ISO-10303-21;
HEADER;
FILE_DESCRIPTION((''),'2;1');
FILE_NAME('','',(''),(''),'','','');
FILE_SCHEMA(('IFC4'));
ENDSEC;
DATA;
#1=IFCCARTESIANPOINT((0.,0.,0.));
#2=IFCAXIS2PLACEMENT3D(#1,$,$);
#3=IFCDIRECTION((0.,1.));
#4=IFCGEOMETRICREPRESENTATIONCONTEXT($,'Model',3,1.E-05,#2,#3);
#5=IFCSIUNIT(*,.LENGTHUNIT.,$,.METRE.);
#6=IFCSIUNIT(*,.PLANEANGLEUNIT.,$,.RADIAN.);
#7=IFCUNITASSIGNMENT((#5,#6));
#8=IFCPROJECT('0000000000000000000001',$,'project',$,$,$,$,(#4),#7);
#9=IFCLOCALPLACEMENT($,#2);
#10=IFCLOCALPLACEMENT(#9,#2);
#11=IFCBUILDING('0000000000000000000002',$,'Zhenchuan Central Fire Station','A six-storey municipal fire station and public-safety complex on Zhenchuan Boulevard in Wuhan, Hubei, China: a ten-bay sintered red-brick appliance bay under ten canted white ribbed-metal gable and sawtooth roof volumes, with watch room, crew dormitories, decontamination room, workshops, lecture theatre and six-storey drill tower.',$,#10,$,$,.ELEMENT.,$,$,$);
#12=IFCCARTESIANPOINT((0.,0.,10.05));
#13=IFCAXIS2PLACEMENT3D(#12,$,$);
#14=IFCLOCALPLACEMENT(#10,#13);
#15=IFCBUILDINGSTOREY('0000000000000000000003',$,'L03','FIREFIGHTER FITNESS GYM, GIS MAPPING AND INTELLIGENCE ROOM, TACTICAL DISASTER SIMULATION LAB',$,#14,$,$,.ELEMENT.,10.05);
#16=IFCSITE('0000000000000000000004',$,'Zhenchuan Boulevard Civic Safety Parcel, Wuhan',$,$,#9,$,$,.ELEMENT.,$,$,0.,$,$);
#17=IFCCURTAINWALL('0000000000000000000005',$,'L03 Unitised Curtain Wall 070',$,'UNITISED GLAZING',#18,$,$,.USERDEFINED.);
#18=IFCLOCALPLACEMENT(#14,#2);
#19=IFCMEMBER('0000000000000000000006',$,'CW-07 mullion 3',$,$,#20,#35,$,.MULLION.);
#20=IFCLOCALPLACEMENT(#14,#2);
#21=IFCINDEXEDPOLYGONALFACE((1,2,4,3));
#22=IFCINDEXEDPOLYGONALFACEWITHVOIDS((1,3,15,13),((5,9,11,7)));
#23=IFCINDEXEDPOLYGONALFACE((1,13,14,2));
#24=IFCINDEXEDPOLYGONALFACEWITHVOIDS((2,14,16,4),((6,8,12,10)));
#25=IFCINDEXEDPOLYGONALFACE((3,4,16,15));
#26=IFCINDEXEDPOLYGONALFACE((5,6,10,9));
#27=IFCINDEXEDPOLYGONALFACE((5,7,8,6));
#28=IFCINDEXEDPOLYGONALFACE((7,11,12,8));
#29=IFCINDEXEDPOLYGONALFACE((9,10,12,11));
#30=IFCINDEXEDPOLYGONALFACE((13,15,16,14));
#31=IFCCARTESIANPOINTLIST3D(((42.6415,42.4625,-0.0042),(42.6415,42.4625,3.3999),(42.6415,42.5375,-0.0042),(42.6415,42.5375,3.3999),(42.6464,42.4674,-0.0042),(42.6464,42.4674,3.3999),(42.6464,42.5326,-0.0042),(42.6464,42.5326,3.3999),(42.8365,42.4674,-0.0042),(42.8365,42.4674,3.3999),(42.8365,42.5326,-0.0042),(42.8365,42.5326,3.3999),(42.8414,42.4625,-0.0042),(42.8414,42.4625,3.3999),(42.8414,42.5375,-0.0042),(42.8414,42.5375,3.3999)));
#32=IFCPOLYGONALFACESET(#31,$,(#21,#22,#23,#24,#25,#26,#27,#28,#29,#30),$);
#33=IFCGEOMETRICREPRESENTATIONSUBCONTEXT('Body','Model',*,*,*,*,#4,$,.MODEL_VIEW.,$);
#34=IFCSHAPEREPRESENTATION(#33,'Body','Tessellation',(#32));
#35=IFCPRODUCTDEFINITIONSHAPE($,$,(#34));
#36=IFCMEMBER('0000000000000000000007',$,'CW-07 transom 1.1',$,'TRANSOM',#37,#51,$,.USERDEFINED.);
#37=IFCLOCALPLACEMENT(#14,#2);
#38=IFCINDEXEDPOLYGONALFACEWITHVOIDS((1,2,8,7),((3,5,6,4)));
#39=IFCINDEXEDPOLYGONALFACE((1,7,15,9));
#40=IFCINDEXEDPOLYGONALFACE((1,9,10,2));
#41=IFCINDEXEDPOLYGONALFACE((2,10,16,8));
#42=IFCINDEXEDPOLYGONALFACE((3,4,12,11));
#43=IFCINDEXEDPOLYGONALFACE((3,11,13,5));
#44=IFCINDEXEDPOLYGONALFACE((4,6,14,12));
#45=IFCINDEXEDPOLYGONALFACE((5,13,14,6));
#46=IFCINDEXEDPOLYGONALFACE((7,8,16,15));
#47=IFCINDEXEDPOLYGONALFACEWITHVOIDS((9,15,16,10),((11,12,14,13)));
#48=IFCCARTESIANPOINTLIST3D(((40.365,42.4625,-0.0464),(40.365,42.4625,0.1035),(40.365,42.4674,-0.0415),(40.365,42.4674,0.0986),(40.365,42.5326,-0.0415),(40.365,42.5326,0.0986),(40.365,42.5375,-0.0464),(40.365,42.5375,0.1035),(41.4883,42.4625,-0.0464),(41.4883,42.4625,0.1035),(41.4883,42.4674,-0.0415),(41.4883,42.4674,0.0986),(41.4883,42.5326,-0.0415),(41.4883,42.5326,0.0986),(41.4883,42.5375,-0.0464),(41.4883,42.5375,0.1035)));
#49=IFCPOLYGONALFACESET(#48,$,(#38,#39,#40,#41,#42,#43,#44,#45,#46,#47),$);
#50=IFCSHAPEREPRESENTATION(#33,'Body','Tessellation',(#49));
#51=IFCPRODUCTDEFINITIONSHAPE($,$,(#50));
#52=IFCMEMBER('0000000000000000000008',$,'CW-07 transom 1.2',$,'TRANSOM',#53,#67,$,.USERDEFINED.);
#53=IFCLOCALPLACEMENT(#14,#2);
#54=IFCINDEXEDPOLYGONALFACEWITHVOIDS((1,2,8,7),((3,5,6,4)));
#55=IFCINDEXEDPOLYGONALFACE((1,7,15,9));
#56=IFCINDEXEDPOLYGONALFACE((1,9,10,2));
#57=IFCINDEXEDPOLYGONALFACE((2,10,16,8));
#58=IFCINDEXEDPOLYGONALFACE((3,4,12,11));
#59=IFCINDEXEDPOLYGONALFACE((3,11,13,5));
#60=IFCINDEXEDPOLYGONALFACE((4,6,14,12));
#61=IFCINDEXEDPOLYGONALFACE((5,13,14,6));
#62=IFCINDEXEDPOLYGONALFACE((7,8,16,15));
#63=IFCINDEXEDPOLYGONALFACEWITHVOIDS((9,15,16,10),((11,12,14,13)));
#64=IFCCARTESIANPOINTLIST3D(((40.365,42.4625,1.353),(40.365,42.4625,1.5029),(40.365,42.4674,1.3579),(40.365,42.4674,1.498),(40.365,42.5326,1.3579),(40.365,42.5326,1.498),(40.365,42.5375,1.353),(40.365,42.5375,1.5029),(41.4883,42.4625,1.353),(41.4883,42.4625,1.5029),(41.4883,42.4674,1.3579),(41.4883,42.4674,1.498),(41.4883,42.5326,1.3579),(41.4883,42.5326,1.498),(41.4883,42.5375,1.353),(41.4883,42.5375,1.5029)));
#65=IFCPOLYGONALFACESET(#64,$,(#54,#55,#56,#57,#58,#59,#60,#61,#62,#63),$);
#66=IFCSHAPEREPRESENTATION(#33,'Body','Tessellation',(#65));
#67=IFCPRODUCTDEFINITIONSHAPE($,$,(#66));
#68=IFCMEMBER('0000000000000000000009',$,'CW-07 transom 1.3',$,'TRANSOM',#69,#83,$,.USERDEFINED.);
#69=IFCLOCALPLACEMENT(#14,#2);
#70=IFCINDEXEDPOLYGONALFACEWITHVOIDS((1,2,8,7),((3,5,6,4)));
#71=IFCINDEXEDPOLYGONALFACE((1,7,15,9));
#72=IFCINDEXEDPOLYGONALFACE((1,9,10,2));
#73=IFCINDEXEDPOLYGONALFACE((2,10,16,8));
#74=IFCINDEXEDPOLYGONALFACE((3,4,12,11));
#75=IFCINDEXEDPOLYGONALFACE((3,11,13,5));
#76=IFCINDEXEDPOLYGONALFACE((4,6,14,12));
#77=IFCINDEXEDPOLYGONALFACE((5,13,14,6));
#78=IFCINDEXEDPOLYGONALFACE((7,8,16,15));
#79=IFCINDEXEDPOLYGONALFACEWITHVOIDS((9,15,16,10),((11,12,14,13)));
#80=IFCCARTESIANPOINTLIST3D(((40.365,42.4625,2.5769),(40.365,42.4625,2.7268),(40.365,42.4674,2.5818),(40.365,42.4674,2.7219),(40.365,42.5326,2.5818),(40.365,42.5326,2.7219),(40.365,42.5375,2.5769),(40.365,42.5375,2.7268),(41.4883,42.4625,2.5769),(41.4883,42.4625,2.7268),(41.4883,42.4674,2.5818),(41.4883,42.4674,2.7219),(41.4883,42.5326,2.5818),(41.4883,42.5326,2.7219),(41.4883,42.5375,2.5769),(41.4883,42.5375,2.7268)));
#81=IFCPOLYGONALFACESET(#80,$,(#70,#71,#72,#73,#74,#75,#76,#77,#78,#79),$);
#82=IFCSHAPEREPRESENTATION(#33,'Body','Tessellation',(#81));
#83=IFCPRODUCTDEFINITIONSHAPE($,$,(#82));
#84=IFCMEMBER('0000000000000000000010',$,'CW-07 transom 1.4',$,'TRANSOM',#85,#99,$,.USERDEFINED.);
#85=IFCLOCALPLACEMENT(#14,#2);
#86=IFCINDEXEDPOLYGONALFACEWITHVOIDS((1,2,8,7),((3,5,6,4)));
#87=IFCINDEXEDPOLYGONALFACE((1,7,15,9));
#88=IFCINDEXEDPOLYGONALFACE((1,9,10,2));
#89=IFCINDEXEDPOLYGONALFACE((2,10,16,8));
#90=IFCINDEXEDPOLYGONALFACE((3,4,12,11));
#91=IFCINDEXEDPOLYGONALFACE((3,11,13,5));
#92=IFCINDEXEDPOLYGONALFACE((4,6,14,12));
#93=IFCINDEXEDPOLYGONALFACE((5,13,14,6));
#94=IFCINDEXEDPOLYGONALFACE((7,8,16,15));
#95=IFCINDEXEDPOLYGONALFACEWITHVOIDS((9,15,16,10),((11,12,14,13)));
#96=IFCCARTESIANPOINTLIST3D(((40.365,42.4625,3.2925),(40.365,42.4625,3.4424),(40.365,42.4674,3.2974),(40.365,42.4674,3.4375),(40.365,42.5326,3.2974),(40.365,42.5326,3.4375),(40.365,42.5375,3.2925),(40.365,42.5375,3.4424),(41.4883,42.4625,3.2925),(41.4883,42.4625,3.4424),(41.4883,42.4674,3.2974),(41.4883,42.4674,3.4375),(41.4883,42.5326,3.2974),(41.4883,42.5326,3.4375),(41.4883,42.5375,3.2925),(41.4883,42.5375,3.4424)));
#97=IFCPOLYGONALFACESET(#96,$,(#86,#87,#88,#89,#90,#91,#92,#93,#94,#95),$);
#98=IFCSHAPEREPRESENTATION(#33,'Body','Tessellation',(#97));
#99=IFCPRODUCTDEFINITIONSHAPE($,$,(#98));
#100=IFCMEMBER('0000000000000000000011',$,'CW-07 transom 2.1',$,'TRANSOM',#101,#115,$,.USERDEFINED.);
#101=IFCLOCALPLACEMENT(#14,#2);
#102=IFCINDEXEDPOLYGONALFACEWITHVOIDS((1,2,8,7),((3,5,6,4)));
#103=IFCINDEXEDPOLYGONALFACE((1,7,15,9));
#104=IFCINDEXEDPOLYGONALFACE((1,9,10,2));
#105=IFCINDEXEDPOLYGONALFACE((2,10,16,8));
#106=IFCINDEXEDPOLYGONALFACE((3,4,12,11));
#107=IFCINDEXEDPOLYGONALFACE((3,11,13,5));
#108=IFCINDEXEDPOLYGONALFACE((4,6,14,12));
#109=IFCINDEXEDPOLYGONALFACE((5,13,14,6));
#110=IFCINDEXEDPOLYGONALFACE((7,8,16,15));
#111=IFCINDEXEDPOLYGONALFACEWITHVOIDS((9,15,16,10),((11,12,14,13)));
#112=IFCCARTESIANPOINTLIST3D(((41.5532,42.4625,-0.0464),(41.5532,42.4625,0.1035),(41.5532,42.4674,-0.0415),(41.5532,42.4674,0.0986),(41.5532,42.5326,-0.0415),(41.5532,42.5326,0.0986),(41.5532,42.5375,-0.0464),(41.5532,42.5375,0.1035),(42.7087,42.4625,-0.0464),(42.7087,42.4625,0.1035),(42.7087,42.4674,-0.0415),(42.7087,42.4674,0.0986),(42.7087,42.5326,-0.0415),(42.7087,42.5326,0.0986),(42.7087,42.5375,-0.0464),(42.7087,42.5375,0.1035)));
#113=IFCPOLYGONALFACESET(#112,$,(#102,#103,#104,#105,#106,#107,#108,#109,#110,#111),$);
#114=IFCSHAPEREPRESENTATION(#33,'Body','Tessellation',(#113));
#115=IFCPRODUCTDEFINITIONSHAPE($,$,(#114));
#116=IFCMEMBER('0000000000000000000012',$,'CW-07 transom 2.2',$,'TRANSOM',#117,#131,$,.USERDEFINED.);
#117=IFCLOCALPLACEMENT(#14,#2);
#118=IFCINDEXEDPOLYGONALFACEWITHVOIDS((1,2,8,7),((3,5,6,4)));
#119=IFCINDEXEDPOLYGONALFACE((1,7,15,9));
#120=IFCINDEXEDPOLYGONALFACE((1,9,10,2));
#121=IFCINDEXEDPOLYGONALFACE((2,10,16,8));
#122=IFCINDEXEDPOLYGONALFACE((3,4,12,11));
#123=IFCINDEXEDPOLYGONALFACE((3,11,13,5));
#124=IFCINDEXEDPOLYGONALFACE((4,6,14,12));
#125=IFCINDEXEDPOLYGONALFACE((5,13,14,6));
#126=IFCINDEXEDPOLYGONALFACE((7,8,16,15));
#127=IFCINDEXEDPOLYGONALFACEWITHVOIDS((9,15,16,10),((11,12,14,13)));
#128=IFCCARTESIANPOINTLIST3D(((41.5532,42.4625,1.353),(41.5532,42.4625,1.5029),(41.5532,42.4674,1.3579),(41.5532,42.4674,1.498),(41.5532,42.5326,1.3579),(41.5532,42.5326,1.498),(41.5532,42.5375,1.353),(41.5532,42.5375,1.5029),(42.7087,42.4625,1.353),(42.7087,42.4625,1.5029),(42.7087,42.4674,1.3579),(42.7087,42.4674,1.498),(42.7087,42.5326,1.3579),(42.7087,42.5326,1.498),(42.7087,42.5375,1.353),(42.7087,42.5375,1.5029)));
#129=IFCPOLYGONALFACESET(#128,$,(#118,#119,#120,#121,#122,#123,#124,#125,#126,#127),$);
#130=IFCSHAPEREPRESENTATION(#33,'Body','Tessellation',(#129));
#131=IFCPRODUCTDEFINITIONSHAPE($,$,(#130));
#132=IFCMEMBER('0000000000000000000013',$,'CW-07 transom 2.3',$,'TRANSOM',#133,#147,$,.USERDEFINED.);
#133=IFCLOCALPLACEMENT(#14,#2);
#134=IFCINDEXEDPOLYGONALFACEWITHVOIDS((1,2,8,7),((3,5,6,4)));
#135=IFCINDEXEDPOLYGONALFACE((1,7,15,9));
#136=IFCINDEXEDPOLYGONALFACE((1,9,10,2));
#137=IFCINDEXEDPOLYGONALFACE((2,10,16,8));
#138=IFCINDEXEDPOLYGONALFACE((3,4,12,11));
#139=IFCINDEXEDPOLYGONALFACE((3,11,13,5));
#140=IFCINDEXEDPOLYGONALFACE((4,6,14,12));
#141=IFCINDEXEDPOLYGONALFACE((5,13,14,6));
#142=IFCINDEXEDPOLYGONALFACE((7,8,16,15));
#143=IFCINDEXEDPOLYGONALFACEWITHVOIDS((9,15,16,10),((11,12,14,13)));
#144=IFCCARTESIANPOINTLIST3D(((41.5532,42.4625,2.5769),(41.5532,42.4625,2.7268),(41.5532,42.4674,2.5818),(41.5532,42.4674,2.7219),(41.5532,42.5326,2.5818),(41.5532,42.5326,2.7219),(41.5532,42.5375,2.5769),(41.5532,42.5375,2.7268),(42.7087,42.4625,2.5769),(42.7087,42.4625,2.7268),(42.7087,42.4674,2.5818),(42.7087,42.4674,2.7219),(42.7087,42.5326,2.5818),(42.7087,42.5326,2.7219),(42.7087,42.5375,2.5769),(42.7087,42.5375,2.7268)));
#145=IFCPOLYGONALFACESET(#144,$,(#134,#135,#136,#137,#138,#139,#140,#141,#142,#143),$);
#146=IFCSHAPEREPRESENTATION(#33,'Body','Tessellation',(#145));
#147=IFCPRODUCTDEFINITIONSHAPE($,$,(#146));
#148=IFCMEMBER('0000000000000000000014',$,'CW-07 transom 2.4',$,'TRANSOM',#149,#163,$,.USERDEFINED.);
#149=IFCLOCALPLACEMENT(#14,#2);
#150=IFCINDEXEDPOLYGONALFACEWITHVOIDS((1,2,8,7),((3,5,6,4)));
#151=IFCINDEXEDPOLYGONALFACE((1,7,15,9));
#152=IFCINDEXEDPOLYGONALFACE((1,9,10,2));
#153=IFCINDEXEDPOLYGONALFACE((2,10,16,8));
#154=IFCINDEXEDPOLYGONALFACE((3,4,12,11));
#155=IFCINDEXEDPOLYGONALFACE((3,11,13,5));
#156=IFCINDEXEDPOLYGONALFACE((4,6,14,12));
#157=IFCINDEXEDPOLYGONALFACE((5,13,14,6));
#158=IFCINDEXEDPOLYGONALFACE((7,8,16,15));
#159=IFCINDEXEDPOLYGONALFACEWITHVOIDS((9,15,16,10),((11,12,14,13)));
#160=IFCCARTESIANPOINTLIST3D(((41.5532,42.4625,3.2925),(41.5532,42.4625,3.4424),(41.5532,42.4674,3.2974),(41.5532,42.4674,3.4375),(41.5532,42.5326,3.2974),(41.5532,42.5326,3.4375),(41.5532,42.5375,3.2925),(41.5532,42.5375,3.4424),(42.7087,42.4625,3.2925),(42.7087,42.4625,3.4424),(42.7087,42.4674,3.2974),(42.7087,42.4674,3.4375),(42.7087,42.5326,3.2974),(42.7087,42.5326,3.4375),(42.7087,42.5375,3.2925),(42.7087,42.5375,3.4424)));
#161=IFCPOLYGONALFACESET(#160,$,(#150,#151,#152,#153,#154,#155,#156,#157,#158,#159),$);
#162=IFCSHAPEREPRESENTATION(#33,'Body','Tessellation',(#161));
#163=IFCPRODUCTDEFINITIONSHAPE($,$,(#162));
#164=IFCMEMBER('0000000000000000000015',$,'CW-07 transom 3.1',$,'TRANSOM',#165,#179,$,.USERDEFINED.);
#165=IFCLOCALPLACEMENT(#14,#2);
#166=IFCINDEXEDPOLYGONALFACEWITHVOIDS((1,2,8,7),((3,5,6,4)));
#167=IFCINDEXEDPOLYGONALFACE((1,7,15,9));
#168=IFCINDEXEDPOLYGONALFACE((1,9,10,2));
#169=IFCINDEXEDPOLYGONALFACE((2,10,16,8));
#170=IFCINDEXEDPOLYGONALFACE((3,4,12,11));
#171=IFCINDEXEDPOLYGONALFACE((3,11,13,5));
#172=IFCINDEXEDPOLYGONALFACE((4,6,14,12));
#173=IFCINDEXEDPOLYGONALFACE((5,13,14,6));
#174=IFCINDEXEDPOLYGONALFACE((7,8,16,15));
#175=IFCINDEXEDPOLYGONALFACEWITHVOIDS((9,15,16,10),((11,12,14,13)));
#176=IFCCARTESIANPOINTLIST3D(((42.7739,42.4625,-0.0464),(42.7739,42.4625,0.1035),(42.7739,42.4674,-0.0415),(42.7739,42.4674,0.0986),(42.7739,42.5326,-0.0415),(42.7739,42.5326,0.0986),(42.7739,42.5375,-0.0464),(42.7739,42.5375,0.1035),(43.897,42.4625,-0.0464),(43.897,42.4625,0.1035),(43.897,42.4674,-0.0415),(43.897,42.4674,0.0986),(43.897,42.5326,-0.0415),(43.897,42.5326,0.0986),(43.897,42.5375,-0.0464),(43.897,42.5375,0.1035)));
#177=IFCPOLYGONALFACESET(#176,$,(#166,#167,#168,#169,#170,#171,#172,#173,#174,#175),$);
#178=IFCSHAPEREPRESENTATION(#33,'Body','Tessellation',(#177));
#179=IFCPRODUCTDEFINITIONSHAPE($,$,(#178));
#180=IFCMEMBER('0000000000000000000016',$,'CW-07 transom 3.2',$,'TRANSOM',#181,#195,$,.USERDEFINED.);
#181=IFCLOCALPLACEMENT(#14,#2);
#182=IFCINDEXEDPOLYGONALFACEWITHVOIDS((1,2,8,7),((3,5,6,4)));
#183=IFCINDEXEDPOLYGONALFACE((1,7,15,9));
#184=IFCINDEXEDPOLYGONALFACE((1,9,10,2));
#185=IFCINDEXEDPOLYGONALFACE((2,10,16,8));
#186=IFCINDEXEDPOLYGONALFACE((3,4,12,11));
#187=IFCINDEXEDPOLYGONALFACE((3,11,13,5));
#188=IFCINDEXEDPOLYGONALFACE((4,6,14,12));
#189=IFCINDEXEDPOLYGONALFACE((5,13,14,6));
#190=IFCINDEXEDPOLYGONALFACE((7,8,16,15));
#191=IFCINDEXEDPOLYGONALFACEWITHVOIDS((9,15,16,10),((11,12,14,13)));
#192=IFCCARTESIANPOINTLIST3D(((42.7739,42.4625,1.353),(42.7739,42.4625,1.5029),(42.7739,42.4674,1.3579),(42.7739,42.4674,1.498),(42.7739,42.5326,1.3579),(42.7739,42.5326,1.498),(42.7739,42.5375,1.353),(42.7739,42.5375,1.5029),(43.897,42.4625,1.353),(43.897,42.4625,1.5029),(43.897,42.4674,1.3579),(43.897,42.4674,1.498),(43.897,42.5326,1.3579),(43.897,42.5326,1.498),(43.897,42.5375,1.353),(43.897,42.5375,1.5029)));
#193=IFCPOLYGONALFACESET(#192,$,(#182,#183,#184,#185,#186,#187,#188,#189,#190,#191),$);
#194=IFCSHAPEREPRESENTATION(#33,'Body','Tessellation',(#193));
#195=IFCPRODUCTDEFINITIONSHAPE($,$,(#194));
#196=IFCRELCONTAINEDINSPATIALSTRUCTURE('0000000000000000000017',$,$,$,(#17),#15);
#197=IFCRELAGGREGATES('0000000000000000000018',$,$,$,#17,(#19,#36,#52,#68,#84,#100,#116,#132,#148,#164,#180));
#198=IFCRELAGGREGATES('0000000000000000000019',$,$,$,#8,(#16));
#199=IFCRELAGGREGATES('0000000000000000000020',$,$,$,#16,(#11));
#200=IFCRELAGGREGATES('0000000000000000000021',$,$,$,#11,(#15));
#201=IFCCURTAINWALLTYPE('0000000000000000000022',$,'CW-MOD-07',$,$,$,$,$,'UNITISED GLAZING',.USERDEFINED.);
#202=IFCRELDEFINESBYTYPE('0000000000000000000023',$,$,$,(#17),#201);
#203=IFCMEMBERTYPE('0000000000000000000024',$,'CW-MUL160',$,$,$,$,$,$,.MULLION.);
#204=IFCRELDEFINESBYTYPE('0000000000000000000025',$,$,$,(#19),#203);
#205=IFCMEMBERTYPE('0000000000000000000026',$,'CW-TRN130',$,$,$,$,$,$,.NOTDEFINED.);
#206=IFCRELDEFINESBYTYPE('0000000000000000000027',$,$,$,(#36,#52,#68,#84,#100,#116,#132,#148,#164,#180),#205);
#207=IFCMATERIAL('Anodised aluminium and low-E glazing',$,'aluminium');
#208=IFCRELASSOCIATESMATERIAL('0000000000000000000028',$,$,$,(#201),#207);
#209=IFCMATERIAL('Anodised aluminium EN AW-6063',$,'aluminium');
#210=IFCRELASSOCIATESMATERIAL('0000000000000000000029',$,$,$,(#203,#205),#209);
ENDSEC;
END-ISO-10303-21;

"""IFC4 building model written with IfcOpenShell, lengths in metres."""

from ifc_helpers import new_model, si_unit, direction, frame, origin, origin_2d, place, context, subcontext, project, spatial, hollow_rectangle, extrude, material, material_profile, profile_set, type_object, element, aggregate, save


model = new_model("IFC4")

# Units and contexts
model_context = context("Model", 3, precision=1e-05, world=origin(), true_north=direction((0.0, 1.0)))
body_context = subcontext(model_context, "Body", "Model", "MODEL_VIEW")
ifc_project = project(units=[si_unit("LENGTHUNIT", "METRE"), si_unit("PLANEANGLEUNIT", "RADIAN")], contexts=[model_context])

# Site, building, storey
site_placement = place(None, origin())
site = spatial("IfcSite", under=ifc_project, at=site_placement, Name="Zhenchuan Boulevard Civic Safety Parcel, Wuhan", CompositionType="ELEMENT", RefElevation=0.0)
building_placement = place(site_placement, origin())
building = spatial("IfcBuilding", under=site, at=building_placement, Name="Zhenchuan Central Fire Station", Description="A six-storey municipal fire station and public-safety complex on Zhenchuan Boulevard in Wuhan, Hubei, China: a ten-bay sintered red-brick appliance bay under ten canted white ribbed-metal gable and sawtooth roof volumes, with watch room, crew dormitories, decontamination room, workshops, lecture theatre and six-storey drill tower.", CompositionType="ELEMENT")
storey_placement = place(building_placement, frame((0.0, 0.0, 10.05)))
storey = spatial("IfcBuildingStorey", under=building, at=storey_placement, Name="L03", Description="FIREFIGHTER FITNESS GYM, GIS MAPPING AND INTELLIGENCE ROOM, TACTICAL DISASTER SIMULATION LAB", CompositionType="ELEMENT", Elevation=10.05)

# Curtain wall, members
ifc_material_1 = material(Name="Anodised aluminium and low-E glazing", Category="aluminium")
curtain_wall_type = type_object("IfcCurtainWallType", Name="CW-MOD-07", ElementType="UNITISED GLAZING", PredefinedType="USERDEFINED", material=ifc_material_1)
curtain_wall_placement = place(storey_placement, origin())
curtain_wall = element("IfcCurtainWall", 1, at=curtain_wall_placement, inside=storey, type_object=curtain_wall_type, Name="L03 Unitised Curtain Wall 070", ObjectType="UNITISED GLAZING", PredefinedType="USERDEFINED")
ifc_material_2 = material(Name="Anodised aluminium EN AW-6063", Category="aluminium")
ifc_material_profile_1 = material_profile(ifc_material_2, hollow_rectangle(XDim=0.075, YDim=0.2, WallThickness=0.0049, at=origin_2d()), Name="ALU-M 200x75")
ifc_profile_set_1 = profile_set([ifc_material_profile_1], Name="Anodised aluminium EN AW-6063")
member_type_1 = type_object("IfcMemberType", Name="CW-MUL160", PredefinedType="MULLION", material=ifc_profile_set_1)
member_1_placement = place(storey_placement, frame((42.7415, 42.5, -0.0042), z_axis=(0.0, 0.0, 1.0), x_axis=(0.0, 1.0, 0.0)))
member_1 = element("IfcMember", 2, at=member_1_placement, type_object=member_type_1, Name="CW-07 mullion 3", PredefinedType="MULLION", context=body_context, shape_type="SweptSolid", body=[
    extrude(hollow_rectangle(XDim=0.075, YDim=0.2, WallThickness=0.0049, at=origin_2d()), origin(), (0.0, 0.0, 1.0), 3.4041),
])
ifc_material_profile_2 = material_profile(ifc_material_2, hollow_rectangle(XDim=0.075, YDim=0.1499, WallThickness=0.0049, at=origin_2d()), Name="ALU-T 150x75")
ifc_profile_set_2 = profile_set([ifc_material_profile_2], Name="Anodised aluminium EN AW-6063")
member_type_2 = type_object("IfcMemberType", Name="CW-TRN130", PredefinedType="NOTDEFINED", material=ifc_profile_set_2)
member_2_placement = place(storey_placement, frame((40.365, 42.5, 0.0286), z_axis=(1.0, 0.0, 0.0), x_axis=(0.0, 1.0, 0.0)))
member_2 = element("IfcMember", 3, at=member_2_placement, type_object=member_type_2, Name="CW-07 transom 1.1", ObjectType="TRANSOM", PredefinedType="USERDEFINED", context=body_context, shape_type="SweptSolid", body=[
    extrude(hollow_rectangle(XDim=0.075, YDim=0.1499, WallThickness=0.0049, at=origin_2d()), origin(), (0.0, 0.0, 1.0), 1.1233),
])
member_3_placement = place(storey_placement, frame((40.365, 42.5, 1.428), z_axis=(1.0, 0.0, 0.0), x_axis=(0.0, 1.0, 0.0)))
member_3 = element("IfcMember", 4, at=member_3_placement, type_object=member_type_2, Name="CW-07 transom 1.2", ObjectType="TRANSOM", PredefinedType="USERDEFINED", context=body_context, shape_type="SweptSolid", body=[
    extrude(hollow_rectangle(XDim=0.075, YDim=0.1499, WallThickness=0.0049, at=origin_2d()), origin(), (0.0, 0.0, 1.0), 1.1233),
])
member_4_placement = place(storey_placement, frame((40.365, 42.5, 2.6519), z_axis=(1.0, 0.0, 0.0), x_axis=(0.0, 1.0, 0.0)))
member_4 = element("IfcMember", 5, at=member_4_placement, type_object=member_type_2, Name="CW-07 transom 1.3", ObjectType="TRANSOM", PredefinedType="USERDEFINED", context=body_context, shape_type="SweptSolid", body=[
    extrude(hollow_rectangle(XDim=0.075, YDim=0.1499, WallThickness=0.0049, at=origin_2d()), origin(), (0.0, 0.0, 1.0), 1.1233),
])
member_5_placement = place(storey_placement, frame((40.365, 42.5, 3.3674), z_axis=(1.0, 0.0, 0.0), x_axis=(0.0, 1.0, 0.0)))
member_5 = element("IfcMember", 6, at=member_5_placement, type_object=member_type_2, Name="CW-07 transom 1.4", ObjectType="TRANSOM", PredefinedType="USERDEFINED", context=body_context, shape_type="SweptSolid", body=[
    extrude(hollow_rectangle(XDim=0.075, YDim=0.1499, WallThickness=0.0049, at=origin_2d()), origin(), (0.0, 0.0, 1.0), 1.1233),
])
member_6_placement = place(storey_placement, frame((41.5532, 42.5, 0.0286), z_axis=(1.0, 0.0, 0.0), x_axis=(0.0, 1.0, 0.0)))
member_6 = element("IfcMember", 7, at=member_6_placement, type_object=member_type_2, Name="CW-07 transom 2.1", ObjectType="TRANSOM", PredefinedType="USERDEFINED", context=body_context, shape_type="SweptSolid", body=[
    extrude(hollow_rectangle(XDim=0.075, YDim=0.1499, WallThickness=0.0049, at=origin_2d()), origin(), (0.0, 0.0, 1.0), 1.1555),
])
member_7_placement = place(storey_placement, frame((41.5532, 42.5, 1.428), z_axis=(1.0, 0.0, 0.0), x_axis=(0.0, 1.0, 0.0)))
member_7 = element("IfcMember", 8, at=member_7_placement, type_object=member_type_2, Name="CW-07 transom 2.2", ObjectType="TRANSOM", PredefinedType="USERDEFINED", context=body_context, shape_type="SweptSolid", body=[
    extrude(hollow_rectangle(XDim=0.075, YDim=0.1499, WallThickness=0.0049, at=origin_2d()), origin(), (0.0, 0.0, 1.0), 1.1555),
])
member_8_placement = place(storey_placement, frame((41.5532, 42.5, 2.6519), z_axis=(1.0, 0.0, 0.0), x_axis=(0.0, 1.0, 0.0)))
member_8 = element("IfcMember", 9, at=member_8_placement, type_object=member_type_2, Name="CW-07 transom 2.3", ObjectType="TRANSOM", PredefinedType="USERDEFINED", context=body_context, shape_type="SweptSolid", body=[
    extrude(hollow_rectangle(XDim=0.075, YDim=0.1499, WallThickness=0.0049, at=origin_2d()), origin(), (0.0, 0.0, 1.0), 1.1555),
])
member_9_placement = place(storey_placement, frame((41.5532, 42.5, 3.3674), z_axis=(1.0, 0.0, 0.0), x_axis=(0.0, 1.0, 0.0)))
member_9 = element("IfcMember", 10, at=member_9_placement, type_object=member_type_2, Name="CW-07 transom 2.4", ObjectType="TRANSOM", PredefinedType="USERDEFINED", context=body_context, shape_type="SweptSolid", body=[
    extrude(hollow_rectangle(XDim=0.075, YDim=0.1499, WallThickness=0.0049, at=origin_2d()), origin(), (0.0, 0.0, 1.0), 1.1555),
])
member_10_placement = place(storey_placement, frame((42.7739, 42.5, 0.0286), z_axis=(1.0, 0.0, 0.0), x_axis=(0.0, 1.0, 0.0)))
member_10 = element("IfcMember", 11, at=member_10_placement, type_object=member_type_2, Name="CW-07 transom 3.1", ObjectType="TRANSOM", PredefinedType="USERDEFINED", context=body_context, shape_type="SweptSolid", body=[
    extrude(hollow_rectangle(XDim=0.075, YDim=0.1499, WallThickness=0.0049, at=origin_2d()), origin(), (0.0, 0.0, 1.0), 1.123),
])
member_11_placement = place(storey_placement, frame((42.7739, 42.5, 1.428), z_axis=(1.0, 0.0, 0.0), x_axis=(0.0, 1.0, 0.0)))
member_11 = element("IfcMember", 12, at=member_11_placement, type_object=member_type_2, Name="CW-07 transom 3.2", ObjectType="TRANSOM", PredefinedType="USERDEFINED", context=body_context, shape_type="SweptSolid", body=[
    extrude(hollow_rectangle(XDim=0.075, YDim=0.1499, WallThickness=0.0049, at=origin_2d()), origin(), (0.0, 0.0, 1.0), 1.123),
])

aggregate(curtain_wall, [member_1, member_2, member_3, member_4, member_5, member_6, member_7, member_8, member_9, member_10, member_11])

save(model, "model.ifc")
